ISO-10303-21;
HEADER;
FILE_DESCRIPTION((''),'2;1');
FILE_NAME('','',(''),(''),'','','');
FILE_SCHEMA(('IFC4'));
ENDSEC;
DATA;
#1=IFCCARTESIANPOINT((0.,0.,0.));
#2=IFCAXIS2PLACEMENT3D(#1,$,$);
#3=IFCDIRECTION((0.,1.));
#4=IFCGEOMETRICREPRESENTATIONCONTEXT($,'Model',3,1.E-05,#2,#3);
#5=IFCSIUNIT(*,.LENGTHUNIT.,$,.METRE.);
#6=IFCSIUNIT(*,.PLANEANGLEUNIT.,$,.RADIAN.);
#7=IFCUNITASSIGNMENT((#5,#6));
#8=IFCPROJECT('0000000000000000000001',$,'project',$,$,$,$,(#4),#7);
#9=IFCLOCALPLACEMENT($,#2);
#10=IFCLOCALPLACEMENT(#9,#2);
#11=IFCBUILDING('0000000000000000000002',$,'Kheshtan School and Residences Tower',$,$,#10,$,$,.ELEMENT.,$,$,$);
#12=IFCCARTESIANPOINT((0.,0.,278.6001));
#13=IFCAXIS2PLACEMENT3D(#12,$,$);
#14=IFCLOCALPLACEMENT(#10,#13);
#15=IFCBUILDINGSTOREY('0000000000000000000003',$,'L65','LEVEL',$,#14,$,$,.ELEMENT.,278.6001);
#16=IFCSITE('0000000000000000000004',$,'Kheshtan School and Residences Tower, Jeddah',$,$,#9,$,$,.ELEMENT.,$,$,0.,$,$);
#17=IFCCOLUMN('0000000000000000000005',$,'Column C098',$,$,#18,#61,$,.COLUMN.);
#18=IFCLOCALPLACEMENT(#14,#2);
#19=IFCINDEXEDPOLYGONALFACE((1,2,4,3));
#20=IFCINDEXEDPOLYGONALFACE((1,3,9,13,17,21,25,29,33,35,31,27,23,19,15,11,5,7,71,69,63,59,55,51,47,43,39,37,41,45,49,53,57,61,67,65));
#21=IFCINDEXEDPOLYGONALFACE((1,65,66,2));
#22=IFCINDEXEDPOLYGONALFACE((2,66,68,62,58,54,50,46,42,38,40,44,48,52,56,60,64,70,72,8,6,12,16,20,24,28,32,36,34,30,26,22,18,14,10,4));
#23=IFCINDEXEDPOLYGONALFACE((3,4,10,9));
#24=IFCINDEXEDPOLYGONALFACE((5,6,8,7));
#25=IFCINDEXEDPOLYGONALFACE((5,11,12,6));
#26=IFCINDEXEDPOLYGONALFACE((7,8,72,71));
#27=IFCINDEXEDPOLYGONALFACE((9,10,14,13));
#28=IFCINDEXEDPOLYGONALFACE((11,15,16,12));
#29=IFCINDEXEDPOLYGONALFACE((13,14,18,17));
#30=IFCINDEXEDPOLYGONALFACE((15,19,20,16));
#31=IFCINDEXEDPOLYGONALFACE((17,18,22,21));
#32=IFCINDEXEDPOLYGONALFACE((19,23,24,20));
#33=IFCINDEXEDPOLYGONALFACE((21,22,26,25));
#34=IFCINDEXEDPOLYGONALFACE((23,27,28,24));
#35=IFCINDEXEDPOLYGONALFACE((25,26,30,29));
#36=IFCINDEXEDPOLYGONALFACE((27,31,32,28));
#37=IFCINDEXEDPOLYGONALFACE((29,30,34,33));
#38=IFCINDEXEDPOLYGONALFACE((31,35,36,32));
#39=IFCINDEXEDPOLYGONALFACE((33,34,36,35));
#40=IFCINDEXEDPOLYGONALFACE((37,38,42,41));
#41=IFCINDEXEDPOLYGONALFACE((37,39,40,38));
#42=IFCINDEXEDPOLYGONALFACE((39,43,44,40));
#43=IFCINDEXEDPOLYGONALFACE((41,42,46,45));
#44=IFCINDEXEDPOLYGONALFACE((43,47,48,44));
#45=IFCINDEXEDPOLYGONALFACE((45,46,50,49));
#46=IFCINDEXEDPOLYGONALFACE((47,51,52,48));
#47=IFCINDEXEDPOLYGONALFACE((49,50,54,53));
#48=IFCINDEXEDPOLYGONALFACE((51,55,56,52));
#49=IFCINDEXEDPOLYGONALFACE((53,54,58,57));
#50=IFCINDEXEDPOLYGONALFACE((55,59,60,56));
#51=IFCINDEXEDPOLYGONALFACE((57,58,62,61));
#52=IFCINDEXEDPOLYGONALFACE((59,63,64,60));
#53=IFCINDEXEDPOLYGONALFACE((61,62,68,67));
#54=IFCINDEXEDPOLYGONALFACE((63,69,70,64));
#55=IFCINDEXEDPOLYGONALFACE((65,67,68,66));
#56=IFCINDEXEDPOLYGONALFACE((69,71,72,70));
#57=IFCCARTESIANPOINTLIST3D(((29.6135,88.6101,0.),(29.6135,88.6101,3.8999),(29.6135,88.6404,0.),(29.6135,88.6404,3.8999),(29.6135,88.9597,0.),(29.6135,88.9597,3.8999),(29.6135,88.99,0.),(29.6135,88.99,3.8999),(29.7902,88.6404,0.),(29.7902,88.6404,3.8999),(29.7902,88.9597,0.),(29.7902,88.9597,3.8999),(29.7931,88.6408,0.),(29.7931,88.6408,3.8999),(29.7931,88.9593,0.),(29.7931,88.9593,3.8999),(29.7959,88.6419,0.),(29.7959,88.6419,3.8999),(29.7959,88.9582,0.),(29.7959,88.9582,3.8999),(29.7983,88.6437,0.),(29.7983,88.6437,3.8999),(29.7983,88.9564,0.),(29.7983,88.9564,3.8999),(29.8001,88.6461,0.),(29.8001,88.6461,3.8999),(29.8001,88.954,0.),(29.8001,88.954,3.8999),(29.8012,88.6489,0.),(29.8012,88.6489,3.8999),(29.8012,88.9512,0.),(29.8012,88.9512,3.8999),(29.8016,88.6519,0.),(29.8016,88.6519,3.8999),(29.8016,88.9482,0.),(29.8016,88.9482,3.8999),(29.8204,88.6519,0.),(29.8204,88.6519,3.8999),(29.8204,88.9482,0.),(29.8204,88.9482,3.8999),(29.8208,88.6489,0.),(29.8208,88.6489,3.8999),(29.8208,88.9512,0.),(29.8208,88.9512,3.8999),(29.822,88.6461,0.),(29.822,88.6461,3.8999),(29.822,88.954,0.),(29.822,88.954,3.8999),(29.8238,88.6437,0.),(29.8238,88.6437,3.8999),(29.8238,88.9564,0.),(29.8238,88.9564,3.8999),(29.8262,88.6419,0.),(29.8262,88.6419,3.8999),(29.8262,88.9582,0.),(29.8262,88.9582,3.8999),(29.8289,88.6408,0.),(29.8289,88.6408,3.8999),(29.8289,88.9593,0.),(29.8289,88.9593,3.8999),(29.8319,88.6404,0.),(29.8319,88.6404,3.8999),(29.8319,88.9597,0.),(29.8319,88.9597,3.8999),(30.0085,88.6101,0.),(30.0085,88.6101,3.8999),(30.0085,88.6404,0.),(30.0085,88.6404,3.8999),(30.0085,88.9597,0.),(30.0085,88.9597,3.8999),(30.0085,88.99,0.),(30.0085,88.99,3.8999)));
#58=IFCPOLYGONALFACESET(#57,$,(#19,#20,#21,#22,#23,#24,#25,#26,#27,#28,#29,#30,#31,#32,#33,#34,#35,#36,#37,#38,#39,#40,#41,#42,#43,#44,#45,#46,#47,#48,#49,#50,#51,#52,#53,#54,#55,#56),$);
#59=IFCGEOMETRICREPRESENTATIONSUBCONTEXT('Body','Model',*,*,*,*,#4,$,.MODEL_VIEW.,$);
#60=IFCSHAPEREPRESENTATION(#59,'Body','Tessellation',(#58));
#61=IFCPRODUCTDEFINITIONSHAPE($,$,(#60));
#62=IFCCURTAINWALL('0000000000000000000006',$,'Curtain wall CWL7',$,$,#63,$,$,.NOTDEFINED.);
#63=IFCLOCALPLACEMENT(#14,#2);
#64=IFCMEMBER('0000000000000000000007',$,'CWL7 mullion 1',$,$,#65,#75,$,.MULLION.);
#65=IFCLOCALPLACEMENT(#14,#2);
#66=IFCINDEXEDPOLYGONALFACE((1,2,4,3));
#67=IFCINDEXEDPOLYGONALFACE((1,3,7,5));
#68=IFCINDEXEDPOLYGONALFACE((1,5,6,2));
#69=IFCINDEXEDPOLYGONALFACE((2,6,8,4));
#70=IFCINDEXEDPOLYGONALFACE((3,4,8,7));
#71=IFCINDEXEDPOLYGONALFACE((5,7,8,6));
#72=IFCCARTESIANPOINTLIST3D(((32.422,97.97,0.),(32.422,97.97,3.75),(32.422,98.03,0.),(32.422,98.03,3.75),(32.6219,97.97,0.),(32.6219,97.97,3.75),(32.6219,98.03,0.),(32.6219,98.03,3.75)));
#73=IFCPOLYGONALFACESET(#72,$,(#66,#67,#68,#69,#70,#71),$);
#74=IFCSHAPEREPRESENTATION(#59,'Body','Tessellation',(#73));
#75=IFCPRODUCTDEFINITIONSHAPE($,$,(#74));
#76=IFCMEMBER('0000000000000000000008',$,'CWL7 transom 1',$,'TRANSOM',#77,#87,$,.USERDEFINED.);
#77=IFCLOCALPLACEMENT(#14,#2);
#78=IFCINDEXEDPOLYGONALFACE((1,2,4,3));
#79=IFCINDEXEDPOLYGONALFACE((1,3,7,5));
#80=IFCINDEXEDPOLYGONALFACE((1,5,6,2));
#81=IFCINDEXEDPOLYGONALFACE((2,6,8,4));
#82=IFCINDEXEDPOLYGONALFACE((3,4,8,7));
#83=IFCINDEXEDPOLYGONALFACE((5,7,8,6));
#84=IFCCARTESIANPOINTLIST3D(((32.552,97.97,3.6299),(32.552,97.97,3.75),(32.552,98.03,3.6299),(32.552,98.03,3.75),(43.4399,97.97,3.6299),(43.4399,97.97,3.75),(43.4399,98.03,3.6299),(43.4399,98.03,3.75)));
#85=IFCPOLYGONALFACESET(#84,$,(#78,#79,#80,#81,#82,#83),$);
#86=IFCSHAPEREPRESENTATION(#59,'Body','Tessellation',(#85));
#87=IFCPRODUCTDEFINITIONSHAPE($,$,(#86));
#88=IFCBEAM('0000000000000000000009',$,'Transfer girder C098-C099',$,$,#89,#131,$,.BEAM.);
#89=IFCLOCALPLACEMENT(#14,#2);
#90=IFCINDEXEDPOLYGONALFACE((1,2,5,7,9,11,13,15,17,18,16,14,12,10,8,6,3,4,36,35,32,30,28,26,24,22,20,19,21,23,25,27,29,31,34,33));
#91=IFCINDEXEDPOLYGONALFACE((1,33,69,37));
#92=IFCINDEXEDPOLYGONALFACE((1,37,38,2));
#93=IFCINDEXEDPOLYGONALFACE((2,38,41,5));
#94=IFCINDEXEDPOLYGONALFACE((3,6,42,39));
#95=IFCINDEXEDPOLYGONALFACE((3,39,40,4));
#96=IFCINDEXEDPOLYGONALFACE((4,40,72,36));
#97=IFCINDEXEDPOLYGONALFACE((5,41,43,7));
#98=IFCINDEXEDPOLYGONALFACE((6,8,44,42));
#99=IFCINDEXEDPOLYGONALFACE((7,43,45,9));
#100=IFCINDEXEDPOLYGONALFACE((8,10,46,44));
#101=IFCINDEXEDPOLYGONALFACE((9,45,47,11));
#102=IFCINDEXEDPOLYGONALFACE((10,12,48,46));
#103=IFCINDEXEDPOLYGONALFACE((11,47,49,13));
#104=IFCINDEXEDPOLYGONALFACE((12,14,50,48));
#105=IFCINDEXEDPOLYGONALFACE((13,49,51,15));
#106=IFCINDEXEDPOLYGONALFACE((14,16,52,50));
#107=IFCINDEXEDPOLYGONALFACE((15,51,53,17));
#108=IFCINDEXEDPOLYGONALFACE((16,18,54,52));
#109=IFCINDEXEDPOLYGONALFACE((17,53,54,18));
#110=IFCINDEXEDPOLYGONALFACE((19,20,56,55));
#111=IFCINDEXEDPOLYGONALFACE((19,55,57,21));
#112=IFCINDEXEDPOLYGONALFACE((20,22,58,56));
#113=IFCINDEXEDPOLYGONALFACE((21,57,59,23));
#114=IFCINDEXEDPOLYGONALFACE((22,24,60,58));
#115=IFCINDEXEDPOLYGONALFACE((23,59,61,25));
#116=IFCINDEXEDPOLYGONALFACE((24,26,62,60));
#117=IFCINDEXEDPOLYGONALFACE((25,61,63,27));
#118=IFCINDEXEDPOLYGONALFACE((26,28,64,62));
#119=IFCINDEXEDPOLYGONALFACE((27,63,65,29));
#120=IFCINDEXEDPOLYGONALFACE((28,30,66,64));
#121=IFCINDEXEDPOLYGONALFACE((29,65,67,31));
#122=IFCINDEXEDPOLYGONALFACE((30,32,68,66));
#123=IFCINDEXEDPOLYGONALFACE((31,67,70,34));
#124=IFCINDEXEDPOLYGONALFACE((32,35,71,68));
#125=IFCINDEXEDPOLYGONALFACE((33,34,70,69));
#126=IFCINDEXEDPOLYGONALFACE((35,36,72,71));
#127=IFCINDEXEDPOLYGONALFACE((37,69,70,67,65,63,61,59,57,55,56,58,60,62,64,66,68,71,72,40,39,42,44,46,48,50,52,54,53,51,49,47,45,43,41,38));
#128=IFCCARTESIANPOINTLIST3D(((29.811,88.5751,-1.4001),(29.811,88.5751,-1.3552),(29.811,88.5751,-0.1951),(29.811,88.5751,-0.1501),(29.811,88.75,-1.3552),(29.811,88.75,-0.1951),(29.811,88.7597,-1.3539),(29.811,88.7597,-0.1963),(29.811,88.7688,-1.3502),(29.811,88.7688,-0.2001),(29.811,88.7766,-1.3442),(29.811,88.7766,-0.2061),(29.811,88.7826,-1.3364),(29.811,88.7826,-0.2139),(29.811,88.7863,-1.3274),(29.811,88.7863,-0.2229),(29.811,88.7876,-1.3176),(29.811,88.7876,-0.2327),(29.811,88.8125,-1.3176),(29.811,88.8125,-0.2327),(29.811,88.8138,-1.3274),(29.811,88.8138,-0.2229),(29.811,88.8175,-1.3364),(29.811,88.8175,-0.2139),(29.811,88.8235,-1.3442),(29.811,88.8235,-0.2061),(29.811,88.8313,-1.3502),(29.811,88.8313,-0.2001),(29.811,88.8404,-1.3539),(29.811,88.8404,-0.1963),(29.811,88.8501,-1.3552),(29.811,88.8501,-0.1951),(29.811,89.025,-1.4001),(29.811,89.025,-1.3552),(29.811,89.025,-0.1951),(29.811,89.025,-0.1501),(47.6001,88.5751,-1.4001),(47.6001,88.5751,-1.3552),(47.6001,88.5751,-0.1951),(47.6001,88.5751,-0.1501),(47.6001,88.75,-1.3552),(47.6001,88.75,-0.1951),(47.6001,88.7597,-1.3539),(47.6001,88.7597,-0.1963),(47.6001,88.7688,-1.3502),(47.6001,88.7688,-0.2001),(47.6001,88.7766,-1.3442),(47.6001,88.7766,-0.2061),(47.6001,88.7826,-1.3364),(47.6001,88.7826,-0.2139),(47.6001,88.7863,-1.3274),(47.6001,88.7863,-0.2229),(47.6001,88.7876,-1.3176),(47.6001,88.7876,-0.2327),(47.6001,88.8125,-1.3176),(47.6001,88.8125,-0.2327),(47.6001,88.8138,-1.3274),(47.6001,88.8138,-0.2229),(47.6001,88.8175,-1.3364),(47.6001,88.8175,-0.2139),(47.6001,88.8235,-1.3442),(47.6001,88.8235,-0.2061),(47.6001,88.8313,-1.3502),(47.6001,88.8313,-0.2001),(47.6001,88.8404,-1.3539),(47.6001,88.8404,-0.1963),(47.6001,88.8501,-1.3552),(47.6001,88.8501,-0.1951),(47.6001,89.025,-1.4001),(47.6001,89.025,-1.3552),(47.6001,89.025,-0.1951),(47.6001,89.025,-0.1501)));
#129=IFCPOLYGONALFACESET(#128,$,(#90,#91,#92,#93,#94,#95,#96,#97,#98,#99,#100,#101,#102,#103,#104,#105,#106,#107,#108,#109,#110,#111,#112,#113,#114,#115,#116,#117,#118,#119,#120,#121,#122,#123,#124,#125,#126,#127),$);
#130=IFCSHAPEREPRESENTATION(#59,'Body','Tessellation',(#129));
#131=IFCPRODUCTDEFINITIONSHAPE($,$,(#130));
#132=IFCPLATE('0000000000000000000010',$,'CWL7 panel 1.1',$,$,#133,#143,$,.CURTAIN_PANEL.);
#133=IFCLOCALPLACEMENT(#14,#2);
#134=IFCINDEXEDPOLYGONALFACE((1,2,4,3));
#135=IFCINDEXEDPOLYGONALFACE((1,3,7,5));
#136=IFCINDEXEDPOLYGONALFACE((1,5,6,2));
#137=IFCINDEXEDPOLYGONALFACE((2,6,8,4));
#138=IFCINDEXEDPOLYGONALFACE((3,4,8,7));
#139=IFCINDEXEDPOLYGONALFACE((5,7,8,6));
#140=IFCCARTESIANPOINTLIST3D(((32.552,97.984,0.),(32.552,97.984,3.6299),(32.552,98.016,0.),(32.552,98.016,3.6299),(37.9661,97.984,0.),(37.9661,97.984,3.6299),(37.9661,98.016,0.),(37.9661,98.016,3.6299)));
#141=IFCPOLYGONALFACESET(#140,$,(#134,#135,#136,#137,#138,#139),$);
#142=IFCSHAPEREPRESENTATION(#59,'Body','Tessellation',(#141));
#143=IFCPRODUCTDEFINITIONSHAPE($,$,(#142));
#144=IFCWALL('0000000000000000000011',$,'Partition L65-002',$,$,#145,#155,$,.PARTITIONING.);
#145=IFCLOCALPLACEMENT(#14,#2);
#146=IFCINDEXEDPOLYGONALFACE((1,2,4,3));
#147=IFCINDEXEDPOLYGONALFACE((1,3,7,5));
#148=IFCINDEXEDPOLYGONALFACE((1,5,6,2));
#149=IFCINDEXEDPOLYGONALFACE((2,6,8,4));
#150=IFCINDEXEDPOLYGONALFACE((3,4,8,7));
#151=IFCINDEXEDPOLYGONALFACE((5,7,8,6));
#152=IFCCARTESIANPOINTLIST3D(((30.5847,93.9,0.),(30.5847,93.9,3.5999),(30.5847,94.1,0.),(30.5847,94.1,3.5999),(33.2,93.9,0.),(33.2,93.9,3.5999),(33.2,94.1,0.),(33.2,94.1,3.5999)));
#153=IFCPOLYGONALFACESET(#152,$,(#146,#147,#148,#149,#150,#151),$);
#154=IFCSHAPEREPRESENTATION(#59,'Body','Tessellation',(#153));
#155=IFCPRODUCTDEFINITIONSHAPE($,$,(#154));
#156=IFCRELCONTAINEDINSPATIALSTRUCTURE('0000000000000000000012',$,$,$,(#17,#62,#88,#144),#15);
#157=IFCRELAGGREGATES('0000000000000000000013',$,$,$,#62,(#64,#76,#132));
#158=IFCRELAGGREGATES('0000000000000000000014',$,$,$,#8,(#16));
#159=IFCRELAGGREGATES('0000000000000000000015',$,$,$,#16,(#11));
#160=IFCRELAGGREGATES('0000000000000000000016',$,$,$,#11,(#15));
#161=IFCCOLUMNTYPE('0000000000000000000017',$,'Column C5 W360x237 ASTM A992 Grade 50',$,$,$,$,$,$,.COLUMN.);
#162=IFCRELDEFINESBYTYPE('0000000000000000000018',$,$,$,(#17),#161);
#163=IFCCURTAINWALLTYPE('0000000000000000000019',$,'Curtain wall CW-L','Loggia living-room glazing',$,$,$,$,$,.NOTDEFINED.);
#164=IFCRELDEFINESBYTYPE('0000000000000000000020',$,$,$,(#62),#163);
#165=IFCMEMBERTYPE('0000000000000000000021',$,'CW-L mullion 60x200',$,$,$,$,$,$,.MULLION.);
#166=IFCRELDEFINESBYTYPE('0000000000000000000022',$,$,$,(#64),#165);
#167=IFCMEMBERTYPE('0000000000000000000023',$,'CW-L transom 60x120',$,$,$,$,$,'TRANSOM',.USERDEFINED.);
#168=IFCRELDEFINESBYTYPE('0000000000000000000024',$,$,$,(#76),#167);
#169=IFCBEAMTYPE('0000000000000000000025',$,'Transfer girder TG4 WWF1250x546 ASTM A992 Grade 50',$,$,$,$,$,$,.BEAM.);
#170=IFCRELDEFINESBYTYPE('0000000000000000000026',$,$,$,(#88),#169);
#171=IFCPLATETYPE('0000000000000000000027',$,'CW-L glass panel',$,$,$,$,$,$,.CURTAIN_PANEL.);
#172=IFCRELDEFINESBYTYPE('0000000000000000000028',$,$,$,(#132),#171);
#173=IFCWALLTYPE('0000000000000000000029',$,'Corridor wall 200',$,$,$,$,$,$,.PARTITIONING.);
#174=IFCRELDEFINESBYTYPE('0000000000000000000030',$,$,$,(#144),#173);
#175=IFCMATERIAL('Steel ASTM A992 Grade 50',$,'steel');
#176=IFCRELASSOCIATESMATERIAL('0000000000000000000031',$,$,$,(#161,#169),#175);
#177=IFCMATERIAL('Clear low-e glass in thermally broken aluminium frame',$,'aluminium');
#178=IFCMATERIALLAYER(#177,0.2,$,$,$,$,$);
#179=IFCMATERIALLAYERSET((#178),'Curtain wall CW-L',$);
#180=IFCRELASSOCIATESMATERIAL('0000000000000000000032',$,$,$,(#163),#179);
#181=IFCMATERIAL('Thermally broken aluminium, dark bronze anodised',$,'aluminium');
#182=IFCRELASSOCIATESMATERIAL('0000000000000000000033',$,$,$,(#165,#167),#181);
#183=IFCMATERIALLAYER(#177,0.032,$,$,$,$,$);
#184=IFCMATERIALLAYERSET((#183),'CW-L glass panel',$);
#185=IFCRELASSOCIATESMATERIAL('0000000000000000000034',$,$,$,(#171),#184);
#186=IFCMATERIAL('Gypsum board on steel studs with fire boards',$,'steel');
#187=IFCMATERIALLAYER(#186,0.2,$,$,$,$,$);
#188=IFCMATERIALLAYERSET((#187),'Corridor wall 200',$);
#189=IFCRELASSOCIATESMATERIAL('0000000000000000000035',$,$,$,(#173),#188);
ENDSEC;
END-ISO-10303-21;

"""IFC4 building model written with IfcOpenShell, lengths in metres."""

from ifc_helpers import new_model, si_unit, direction, frame, frame_2d, origin, origin_2d, place, context, subcontext, project, spatial, rectangle, i_section, extrude, material, layer, layer_set, material_profile, profile_set, type_object, element, aggregate, save


model = new_model("IFC4")

# Units and contexts
model_context = context("Model", 3, precision=1e-05, world=origin(), true_north=direction((0.0, 1.0)))
body_context = subcontext(model_context, "Body", "Model", "MODEL_VIEW")
ifc_project = project(units=[si_unit("LENGTHUNIT", "METRE"), si_unit("PLANEANGLEUNIT", "RADIAN")], contexts=[model_context])

# Site, building, storey
site_placement = place(None, origin())
site = spatial("IfcSite", under=ifc_project, at=site_placement, Name="Kheshtan School and Residences Tower, Jeddah", CompositionType="ELEMENT", RefElevation=0.0)
building_placement = place(site_placement, origin())
building = spatial("IfcBuilding", under=site, at=building_placement, Name="Kheshtan School and Residences Tower", CompositionType="ELEMENT")
storey_placement = place(building_placement, frame((0.0, 0.0, 278.6001)))
storey = spatial("IfcBuildingStorey", under=building, at=storey_placement, Name="L65", Description="LEVEL", CompositionType="ELEMENT", Elevation=278.6001)

# Column
ifc_material_1 = material(Name="Steel ASTM A992 Grade 50", Category="steel")
ifc_material_profile_1 = material_profile(ifc_material_1, i_section(OverallWidth=0.395, OverallDepth=0.3799, WebThickness=0.0188, FlangeThickness=0.0303, FilletRadius=0.0115, at=origin_2d()), Name="W360x237")
ifc_profile_set_1 = profile_set([ifc_material_profile_1], Name="Steel ASTM A992 Grade 50")
column_type = type_object("IfcColumnType", Name="Column C5 W360x237 ASTM A992 Grade 50", PredefinedType="COLUMN", material=ifc_profile_set_1)
column_placement = place(storey_placement, frame((29.811, 88.8, 0.0), z_axis=(0.0, 0.0, 1.0), x_axis=(1.0, 0.0, 0.0)))
element("IfcColumn", 1, at=column_placement, inside=storey, type_object=column_type, Name="Column C098", PredefinedType="COLUMN", context=body_context, shape_type="SweptSolid", body=[
    extrude(i_section(OverallWidth=0.395, OverallDepth=0.3799, WebThickness=0.0188, FlangeThickness=0.0303, FilletRadius=0.0115, at=origin_2d()), origin(), (0.0, 0.0, 1.0), 3.8999),
])

# Curtain wall, members
ifc_material_2 = material(Name="Clear low-e glass in thermally broken aluminium frame", Category="aluminium")
ifc_layer_1 = layer(ifc_material_2, 0.2)
ifc_layer_set_1 = layer_set([ifc_layer_1], Name="Curtain wall CW-L")
curtain_wall_type = type_object("IfcCurtainWallType", Name="Curtain wall CW-L", Description="Loggia living-room glazing", PredefinedType="NOTDEFINED", material=ifc_layer_set_1)
curtain_wall_placement = place(storey_placement, origin())
curtain_wall = element("IfcCurtainWall", 2, at=curtain_wall_placement, inside=storey, type_object=curtain_wall_type, Name="Curtain wall CWL7", PredefinedType="NOTDEFINED")
ifc_material_3 = material(Name="Thermally broken aluminium, dark bronze anodised", Category="aluminium")
ifc_material_profile_2 = material_profile(ifc_material_3, rectangle(XDim=0.0601, YDim=0.2, at=origin_2d()), Name="CW-L mullion 60x200")
ifc_profile_set_2 = profile_set([ifc_material_profile_2], Name="Thermally broken aluminium, dark bronze anodised")
member_type_1 = type_object("IfcMemberType", Name="CW-L mullion 60x200", PredefinedType="MULLION", material=ifc_profile_set_2)
member_1_placement = place(storey_placement, frame((32.522, 98.0, 0.0), z_axis=(0.0, 0.0, 1.0), x_axis=(0.0, 1.0, 0.0)))
member_1 = element("IfcMember", 3, at=member_1_placement, type_object=member_type_1, Name="CWL7 mullion 1", PredefinedType="MULLION", context=body_context, shape_type="SweptSolid", body=[
    extrude(rectangle(XDim=0.0601, YDim=0.2, at=origin_2d()), origin(), (0.0, 0.0, 1.0), 3.75),
])
ifc_material_profile_3 = material_profile(ifc_material_3, rectangle(XDim=0.0601, YDim=0.1201, at=origin_2d()), Name="CW-L transom 60x120")
ifc_profile_set_3 = profile_set([ifc_material_profile_3], Name="Thermally broken aluminium, dark bronze anodised")
member_type_2 = type_object("IfcMemberType", Name="CW-L transom 60x120", ElementType="TRANSOM", PredefinedType="USERDEFINED", material=ifc_profile_set_3)
member_2_placement = place(storey_placement, frame((32.552, 98.0, 3.6899), z_axis=(1.0, 0.0, 0.0), x_axis=(0.0, 1.0, 0.0)))
member_2 = element("IfcMember", 4, at=member_2_placement, type_object=member_type_2, Name="CWL7 transom 1", ObjectType="TRANSOM", PredefinedType="USERDEFINED", context=body_context, shape_type="SweptSolid", body=[
    extrude(rectangle(XDim=0.0601, YDim=0.1201, at=origin_2d()), origin(), (0.0, 0.0, 1.0), 10.8879),
])

# Beam
ifc_material_profile_4 = material_profile(ifc_material_1, i_section(OverallWidth=0.45, OverallDepth=1.25, WebThickness=0.0249, FlangeThickness=0.0449, FilletRadius=0.0376, at=origin_2d()), Name="WWF1250x546")
ifc_profile_set_4 = profile_set([ifc_material_profile_4], Name="Steel ASTM A992 Grade 50")
beam_type = type_object("IfcBeamType", Name="Transfer girder TG4 WWF1250x546 ASTM A992 Grade 50", PredefinedType="BEAM", material=ifc_profile_set_4)
beam_placement = place(storey_placement, frame((29.811, 88.8, -0.7751), z_axis=(1.0, 0.0, 0.0), x_axis=(0.0, 1.0, 0.0)))
element("IfcBeam", 5, at=beam_placement, inside=storey, type_object=beam_type, Name="Transfer girder C098-C099", PredefinedType="BEAM", context=body_context, shape_type="SweptSolid", body=[
    extrude(i_section(OverallWidth=0.45, OverallDepth=1.25, WebThickness=0.0249, FlangeThickness=0.0449, FilletRadius=0.0376, at=origin_2d()), origin(), (0.0, 0.0, 1.0), 17.7891),
])

# Plate
ifc_layer_2 = layer(ifc_material_2, 0.032)
ifc_layer_set_2 = layer_set([ifc_layer_2], Name="CW-L glass panel")
plate_type = type_object("IfcPlateType", Name="CW-L glass panel", PredefinedType="CURTAIN_PANEL", material=ifc_layer_set_2)
plate_placement = place(storey_placement, frame((35.259, 98.0, 0.0), z_axis=(0.0, 0.0, 1.0), x_axis=(1.0, 0.0, 0.0)))
plate = element("IfcPlate", 6, at=plate_placement, type_object=plate_type, Name="CWL7 panel 1.1", PredefinedType="CURTAIN_PANEL", context=body_context, shape_type="SweptSolid", body=[
    extrude(rectangle(XDim=5.4141, YDim=0.032, at=origin_2d()), origin(), (0.0, 0.0, 1.0), 3.6299),
])
aggregate(curtain_wall, [member_1, member_2, plate])

# Wall
ifc_material_4 = material(Name="Gypsum board on steel studs with fire boards", Category="steel")
ifc_layer_3 = layer(ifc_material_4, 0.2)
ifc_layer_set_3 = layer_set([ifc_layer_3], Name="Corridor wall 200")
wall_type_1 = type_object("IfcWallType", Name="Corridor wall 200", PredefinedType="PARTITIONING", material=ifc_layer_set_3)
wall_1_placement = place(storey_placement, frame((30.5847, 94.0, 0.0), z_axis=(0.0, 0.0, 1.0), x_axis=(1.0, 0.0, 0.0)))
element("IfcWall", 7, at=wall_1_placement, inside=storey, type_object=wall_type_1, Name="Partition L65-002", PredefinedType="PARTITIONING", context=body_context, shape_type="SweptSolid", body=[
    extrude(rectangle(XDim=2.6152, YDim=0.2, at=frame_2d((1.3076, 0.0))), origin(), (0.0, 0.0, 1.0), 3.5999),
])

save(model, "model.ifc")
